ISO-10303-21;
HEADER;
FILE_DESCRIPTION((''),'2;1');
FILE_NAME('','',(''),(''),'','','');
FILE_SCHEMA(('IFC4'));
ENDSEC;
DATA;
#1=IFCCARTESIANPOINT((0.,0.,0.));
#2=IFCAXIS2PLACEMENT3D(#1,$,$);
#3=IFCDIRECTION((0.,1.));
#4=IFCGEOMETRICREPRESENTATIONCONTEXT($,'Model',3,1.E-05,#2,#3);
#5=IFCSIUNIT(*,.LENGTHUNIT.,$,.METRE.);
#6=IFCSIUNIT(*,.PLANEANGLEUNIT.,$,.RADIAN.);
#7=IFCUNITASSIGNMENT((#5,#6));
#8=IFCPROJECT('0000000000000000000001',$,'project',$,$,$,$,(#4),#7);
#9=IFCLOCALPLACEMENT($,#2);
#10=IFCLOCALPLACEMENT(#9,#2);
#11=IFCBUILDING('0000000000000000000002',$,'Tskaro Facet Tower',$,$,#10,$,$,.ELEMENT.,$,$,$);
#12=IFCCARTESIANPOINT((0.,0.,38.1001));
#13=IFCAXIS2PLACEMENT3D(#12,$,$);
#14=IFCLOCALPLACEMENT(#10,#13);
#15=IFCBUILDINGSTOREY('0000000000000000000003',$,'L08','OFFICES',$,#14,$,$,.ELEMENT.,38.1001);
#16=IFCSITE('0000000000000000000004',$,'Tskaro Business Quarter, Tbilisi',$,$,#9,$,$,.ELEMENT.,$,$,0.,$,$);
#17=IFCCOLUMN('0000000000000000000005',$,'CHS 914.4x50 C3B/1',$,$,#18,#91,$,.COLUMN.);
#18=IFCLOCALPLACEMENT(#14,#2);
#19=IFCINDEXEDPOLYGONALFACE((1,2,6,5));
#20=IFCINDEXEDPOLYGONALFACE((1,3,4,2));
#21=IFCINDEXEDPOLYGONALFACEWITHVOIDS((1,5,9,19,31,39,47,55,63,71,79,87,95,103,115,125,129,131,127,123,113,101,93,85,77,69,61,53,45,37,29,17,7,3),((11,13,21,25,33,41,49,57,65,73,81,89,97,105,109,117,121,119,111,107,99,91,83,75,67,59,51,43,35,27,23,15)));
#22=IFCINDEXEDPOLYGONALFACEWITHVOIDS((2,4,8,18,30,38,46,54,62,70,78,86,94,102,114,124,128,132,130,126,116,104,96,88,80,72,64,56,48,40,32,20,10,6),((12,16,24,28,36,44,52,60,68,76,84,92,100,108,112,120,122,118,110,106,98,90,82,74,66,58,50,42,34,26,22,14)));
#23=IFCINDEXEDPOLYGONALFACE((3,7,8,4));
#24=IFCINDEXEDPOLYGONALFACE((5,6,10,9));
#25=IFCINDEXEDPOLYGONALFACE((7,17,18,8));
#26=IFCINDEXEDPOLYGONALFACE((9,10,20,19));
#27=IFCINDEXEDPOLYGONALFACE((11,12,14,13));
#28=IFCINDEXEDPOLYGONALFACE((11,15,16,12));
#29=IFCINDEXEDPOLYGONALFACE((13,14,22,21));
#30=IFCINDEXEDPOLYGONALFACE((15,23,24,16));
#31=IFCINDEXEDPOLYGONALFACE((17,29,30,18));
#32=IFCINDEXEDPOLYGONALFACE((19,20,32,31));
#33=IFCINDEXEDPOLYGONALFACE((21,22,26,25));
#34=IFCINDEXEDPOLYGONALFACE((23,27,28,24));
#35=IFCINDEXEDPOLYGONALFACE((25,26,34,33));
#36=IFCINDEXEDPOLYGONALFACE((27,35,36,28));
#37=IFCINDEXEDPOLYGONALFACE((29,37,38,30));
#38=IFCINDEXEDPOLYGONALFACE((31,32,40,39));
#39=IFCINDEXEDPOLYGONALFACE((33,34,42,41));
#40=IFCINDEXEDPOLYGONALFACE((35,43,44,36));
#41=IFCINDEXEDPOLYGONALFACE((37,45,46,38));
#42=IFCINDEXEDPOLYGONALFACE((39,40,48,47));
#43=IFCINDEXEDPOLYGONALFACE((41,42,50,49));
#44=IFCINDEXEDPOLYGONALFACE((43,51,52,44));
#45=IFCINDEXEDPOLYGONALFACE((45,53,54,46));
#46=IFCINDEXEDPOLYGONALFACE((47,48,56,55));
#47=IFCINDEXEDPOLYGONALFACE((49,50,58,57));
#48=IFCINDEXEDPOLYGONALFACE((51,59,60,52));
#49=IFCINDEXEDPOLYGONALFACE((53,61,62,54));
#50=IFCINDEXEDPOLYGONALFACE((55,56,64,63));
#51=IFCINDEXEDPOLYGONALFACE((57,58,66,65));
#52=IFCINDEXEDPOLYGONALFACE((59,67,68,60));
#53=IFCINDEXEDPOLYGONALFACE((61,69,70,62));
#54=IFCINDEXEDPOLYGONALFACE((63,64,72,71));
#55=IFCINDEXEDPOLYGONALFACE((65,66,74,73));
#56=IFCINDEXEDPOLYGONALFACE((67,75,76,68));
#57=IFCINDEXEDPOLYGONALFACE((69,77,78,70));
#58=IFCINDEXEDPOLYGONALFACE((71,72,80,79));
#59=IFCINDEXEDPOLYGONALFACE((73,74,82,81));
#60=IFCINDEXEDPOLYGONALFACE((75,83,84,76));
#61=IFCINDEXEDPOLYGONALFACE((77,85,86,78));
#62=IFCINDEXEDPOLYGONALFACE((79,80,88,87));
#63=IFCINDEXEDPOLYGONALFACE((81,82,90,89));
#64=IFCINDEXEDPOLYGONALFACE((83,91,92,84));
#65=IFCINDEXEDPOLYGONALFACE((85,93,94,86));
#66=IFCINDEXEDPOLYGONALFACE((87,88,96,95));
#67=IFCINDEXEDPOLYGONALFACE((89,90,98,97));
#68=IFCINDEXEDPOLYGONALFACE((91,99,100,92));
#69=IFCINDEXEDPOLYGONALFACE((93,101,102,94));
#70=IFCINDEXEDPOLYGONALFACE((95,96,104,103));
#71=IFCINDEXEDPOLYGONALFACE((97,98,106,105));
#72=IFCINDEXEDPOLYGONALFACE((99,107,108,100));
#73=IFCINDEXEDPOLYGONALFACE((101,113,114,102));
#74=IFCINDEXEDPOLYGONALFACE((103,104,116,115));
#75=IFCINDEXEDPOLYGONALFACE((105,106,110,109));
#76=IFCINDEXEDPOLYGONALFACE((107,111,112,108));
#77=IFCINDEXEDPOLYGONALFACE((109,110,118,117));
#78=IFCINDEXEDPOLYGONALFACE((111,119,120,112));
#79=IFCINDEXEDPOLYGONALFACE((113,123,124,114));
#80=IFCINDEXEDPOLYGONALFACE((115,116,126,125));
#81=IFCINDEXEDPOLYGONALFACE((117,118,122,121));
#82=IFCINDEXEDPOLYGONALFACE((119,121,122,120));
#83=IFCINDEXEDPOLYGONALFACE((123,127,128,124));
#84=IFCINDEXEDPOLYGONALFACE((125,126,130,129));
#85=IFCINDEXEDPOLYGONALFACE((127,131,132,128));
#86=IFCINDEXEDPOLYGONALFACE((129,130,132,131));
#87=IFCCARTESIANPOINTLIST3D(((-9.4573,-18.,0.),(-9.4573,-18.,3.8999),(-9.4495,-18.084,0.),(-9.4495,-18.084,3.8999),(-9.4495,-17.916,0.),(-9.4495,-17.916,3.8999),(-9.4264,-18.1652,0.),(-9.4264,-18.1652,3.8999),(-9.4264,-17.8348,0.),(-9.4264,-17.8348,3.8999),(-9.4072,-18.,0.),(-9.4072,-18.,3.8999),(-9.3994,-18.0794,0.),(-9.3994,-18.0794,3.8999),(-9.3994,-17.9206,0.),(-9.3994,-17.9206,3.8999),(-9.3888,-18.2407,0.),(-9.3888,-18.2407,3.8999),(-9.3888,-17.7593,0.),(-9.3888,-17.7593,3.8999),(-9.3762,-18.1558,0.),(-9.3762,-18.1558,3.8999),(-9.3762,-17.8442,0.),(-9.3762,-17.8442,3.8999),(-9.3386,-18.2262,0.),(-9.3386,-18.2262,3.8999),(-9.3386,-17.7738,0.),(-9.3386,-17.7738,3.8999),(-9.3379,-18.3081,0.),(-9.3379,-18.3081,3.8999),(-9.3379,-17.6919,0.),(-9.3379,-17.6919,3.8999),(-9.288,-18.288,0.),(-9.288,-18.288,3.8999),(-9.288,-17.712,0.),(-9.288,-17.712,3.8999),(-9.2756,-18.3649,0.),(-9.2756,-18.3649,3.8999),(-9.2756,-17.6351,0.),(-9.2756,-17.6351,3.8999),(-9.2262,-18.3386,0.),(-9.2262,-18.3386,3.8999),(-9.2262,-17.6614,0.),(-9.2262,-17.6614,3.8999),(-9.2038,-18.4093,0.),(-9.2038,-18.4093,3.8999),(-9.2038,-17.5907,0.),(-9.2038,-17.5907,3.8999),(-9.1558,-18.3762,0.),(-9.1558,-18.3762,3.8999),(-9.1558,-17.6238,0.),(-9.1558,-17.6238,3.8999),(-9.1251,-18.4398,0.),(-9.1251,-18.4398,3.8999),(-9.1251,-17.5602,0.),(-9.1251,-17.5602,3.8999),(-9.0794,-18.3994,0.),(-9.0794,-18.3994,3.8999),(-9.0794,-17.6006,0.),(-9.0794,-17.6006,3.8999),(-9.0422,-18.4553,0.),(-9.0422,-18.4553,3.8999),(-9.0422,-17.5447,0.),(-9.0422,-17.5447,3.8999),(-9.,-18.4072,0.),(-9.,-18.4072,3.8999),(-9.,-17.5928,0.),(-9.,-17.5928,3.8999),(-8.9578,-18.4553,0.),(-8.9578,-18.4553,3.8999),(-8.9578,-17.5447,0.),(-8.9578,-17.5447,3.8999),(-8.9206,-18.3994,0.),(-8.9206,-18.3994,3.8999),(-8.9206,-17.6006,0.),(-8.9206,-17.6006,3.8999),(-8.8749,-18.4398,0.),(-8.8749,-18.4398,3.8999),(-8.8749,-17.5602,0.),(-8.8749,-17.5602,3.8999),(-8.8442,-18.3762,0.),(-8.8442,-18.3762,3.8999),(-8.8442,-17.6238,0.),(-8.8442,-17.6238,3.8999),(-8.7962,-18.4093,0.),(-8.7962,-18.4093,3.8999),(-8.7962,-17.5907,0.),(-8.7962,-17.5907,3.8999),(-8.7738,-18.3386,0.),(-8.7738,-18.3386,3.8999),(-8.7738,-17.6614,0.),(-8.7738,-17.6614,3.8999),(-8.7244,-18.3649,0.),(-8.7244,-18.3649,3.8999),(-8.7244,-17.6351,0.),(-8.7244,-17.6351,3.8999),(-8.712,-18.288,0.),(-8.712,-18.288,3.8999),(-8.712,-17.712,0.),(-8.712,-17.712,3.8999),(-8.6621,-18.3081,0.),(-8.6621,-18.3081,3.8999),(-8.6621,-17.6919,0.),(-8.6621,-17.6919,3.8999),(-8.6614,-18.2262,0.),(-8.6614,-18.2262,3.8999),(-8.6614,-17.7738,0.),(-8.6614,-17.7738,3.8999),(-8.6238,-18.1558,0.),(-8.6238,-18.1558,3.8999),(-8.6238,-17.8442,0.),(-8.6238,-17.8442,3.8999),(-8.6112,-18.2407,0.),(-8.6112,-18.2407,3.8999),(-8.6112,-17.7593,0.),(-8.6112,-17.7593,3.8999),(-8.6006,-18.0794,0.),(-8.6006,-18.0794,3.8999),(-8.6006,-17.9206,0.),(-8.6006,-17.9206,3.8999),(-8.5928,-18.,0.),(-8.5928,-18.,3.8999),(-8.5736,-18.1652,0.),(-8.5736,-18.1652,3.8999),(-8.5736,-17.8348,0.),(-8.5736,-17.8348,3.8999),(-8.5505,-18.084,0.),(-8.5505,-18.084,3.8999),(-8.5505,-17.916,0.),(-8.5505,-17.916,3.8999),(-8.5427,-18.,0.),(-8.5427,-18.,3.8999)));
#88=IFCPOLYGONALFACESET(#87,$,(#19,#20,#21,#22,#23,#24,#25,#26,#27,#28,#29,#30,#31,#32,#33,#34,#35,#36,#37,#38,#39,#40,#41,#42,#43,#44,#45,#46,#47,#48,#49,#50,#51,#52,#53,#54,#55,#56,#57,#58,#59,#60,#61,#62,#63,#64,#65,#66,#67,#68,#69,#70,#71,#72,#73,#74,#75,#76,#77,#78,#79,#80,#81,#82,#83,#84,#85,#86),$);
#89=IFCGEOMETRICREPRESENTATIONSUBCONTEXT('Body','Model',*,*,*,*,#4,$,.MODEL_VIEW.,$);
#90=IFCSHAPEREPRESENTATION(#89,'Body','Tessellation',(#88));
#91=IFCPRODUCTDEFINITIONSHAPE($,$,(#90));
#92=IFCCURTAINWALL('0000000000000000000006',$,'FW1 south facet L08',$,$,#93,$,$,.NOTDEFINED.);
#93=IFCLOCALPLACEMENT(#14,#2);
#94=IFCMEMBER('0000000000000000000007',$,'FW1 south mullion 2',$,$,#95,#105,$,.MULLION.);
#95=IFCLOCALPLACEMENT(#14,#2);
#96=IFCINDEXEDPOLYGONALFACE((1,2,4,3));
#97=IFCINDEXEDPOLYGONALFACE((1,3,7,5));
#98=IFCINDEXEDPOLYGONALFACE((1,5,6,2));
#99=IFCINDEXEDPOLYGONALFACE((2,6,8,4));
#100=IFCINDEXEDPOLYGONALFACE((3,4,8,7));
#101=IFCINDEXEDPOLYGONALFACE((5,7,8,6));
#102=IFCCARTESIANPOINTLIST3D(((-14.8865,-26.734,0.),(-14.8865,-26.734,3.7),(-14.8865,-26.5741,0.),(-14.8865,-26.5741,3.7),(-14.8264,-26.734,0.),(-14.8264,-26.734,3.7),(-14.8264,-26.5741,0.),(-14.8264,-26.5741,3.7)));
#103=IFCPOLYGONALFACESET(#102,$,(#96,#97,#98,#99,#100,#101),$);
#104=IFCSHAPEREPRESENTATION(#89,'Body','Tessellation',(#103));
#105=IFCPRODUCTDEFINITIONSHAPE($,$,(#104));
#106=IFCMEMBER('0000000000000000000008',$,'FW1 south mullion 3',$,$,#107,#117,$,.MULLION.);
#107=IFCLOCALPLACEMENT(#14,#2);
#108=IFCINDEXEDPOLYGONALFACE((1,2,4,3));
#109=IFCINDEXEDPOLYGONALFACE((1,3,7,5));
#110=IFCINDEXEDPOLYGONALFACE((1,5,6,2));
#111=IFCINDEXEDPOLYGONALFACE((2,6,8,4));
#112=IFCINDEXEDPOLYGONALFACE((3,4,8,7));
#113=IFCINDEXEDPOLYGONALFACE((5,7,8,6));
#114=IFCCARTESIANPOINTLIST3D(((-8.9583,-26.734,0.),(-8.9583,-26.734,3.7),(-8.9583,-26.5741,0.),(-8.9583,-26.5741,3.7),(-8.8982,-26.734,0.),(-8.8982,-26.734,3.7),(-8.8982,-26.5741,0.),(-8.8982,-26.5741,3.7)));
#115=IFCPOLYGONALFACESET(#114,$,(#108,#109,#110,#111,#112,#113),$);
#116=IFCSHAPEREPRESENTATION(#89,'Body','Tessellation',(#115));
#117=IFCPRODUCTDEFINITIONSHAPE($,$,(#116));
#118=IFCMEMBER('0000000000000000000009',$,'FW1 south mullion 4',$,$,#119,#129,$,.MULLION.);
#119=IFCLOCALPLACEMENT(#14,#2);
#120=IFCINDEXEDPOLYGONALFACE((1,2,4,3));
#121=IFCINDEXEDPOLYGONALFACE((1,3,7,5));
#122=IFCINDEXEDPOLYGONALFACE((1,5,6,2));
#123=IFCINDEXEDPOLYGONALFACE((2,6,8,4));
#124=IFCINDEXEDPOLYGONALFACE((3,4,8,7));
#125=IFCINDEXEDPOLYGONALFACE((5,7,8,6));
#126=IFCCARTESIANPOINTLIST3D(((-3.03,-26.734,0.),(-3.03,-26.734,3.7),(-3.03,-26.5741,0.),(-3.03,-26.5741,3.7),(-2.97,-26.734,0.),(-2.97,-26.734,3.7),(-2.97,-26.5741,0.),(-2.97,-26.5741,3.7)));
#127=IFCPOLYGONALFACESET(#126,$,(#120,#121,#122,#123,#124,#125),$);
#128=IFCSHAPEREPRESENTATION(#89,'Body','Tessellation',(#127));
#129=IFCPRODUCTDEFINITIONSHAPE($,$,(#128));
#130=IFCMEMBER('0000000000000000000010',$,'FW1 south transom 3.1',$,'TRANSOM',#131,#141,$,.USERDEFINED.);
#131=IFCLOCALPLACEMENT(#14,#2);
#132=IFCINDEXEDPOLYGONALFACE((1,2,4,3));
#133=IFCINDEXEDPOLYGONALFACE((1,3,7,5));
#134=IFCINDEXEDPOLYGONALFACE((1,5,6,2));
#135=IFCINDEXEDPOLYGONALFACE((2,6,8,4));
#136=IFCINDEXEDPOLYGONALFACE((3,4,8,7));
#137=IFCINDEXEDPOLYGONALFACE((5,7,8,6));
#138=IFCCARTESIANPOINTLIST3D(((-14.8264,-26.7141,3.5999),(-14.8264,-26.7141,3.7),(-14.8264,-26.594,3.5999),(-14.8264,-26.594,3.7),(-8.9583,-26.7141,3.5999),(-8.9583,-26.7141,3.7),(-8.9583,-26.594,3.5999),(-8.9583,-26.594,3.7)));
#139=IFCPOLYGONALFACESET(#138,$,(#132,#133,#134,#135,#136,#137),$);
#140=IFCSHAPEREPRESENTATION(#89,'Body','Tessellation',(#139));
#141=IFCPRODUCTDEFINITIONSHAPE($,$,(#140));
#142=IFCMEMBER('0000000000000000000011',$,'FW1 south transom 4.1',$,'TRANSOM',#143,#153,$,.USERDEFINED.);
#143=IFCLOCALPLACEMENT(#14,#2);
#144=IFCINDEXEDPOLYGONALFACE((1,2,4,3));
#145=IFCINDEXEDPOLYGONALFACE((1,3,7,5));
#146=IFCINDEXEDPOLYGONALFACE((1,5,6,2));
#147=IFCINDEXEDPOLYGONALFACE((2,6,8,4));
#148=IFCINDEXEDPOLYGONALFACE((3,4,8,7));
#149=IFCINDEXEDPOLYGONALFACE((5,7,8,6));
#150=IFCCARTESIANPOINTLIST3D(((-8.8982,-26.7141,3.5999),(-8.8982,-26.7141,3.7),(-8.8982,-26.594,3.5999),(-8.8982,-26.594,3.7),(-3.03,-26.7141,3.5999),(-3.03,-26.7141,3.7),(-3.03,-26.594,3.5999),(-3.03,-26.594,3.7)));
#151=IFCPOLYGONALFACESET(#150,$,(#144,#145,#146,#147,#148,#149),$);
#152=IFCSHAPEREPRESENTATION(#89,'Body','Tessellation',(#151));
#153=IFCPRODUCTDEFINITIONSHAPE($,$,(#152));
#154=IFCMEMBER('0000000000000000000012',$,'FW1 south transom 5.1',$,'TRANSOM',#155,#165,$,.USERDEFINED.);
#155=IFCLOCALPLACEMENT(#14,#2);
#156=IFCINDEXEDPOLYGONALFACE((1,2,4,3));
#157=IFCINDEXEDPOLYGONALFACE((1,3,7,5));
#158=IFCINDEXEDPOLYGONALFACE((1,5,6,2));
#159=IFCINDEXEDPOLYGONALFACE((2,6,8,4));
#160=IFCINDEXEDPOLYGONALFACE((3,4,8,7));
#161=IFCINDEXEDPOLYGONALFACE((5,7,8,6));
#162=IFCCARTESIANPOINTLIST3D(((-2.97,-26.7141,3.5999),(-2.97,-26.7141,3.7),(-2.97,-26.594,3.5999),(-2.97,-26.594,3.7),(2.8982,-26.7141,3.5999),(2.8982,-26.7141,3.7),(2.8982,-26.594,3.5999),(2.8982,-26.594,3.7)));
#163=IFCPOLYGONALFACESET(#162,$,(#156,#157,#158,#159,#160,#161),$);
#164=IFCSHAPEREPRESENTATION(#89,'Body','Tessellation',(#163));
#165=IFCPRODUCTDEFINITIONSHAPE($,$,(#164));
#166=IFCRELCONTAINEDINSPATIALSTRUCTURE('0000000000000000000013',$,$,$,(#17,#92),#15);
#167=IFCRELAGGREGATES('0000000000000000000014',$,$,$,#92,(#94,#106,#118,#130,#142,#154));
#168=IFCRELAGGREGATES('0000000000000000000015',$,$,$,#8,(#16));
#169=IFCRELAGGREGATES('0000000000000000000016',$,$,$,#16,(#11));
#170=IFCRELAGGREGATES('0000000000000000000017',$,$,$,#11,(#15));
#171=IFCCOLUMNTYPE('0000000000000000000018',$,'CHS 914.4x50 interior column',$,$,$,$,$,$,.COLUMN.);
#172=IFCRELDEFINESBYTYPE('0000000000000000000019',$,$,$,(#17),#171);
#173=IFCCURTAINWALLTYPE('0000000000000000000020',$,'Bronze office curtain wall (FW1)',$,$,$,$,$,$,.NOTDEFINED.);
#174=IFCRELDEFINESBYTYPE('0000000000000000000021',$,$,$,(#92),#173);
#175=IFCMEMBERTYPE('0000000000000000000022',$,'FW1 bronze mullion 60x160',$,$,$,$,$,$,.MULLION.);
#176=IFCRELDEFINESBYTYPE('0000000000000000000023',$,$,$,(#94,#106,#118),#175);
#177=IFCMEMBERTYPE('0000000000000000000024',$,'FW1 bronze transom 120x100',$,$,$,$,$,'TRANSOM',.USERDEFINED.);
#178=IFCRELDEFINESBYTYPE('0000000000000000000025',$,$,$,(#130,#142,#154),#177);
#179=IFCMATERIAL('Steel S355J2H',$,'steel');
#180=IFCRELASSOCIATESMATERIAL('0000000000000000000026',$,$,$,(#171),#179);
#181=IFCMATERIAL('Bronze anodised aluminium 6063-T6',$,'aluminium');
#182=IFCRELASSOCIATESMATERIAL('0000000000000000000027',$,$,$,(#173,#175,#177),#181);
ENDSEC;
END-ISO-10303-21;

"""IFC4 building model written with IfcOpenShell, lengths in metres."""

from ifc_helpers import new_model, si_unit, direction, frame, origin, origin_2d, place, context, subcontext, project, spatial, rectangle, hollow_circle, extrude, material, material_profile, profile_set, type_object, element, aggregate, save


model = new_model("IFC4")

# Units and contexts
model_context = context("Model", 3, precision=1e-05, world=origin(), true_north=direction((0.0, 1.0)))
body_context = subcontext(model_context, "Body", "Model", "MODEL_VIEW")
ifc_project = project(units=[si_unit("LENGTHUNIT", "METRE"), si_unit("PLANEANGLEUNIT", "RADIAN")], contexts=[model_context])

# Site, building, storey
site_placement = place(None, origin())
site = spatial("IfcSite", under=ifc_project, at=site_placement, Name="Tskaro Business Quarter, Tbilisi", CompositionType="ELEMENT", RefElevation=0.0)
building_placement = place(site_placement, origin())
building = spatial("IfcBuilding", under=site, at=building_placement, Name="Tskaro Facet Tower", CompositionType="ELEMENT")
storey_placement = place(building_placement, frame((0.0, 0.0, 38.1001)))
storey = spatial("IfcBuildingStorey", under=building, at=storey_placement, Name="L08", Description="OFFICES", CompositionType="ELEMENT", Elevation=38.1001)

# Column
ifc_material_1 = material(Name="Steel S355J2H", Category="steel")
ifc_material_profile_1 = material_profile(ifc_material_1, hollow_circle(Radius=0.4573, WallThickness=0.05, at=origin_2d()), Name="CHS 914.4x50")
ifc_profile_set_1 = profile_set([ifc_material_profile_1], Name="Steel S355J2H")
column_type_1 = type_object("IfcColumnType", Name="CHS 914.4x50 interior column", PredefinedType="COLUMN", material=ifc_profile_set_1)
column_1_placement = place(storey_placement, frame((-9.0, -18.0, 0.0), z_axis=(0.0, 0.0, 1.0), x_axis=(1.0, 0.0, 0.0)))
element("IfcColumn", 1, at=column_1_placement, inside=storey, type_object=column_type_1, Name="CHS 914.4x50 C3B/1", PredefinedType="COLUMN", context=body_context, shape_type="SweptSolid", body=[
    extrude(hollow_circle(Radius=0.4573, WallThickness=0.05, at=origin_2d()), origin(), (0.0, 0.0, 1.0), 3.8999),
])

# Curtain wall, members
ifc_material_2 = material(Name="Bronze anodised aluminium 6063-T6", Category="aluminium")
curtain_wall_type = type_object("IfcCurtainWallType", Name="Bronze office curtain wall (FW1)", PredefinedType="NOTDEFINED", material=ifc_material_2)
curtain_wall_placement = place(storey_placement, origin())
curtain_wall = element("IfcCurtainWall", 2, at=curtain_wall_placement, inside=storey, type_object=curtain_wall_type, Name="FW1 south facet L08", PredefinedType="NOTDEFINED")
ifc_material_profile_2 = material_profile(ifc_material_2, rectangle(XDim=0.0601, YDim=0.1599, at=origin_2d()), Name="Mullion 60x160")
ifc_profile_set_2 = profile_set([ifc_material_profile_2], Name="Bronze anodised aluminium 6063-T6")
member_type_1 = type_object("IfcMemberType", Name="FW1 bronze mullion 60x160", PredefinedType="MULLION", material=ifc_profile_set_2)
member_1_placement = place(storey_placement, frame((-14.8564, -26.6541, 0.0), z_axis=(0.0, 0.0, 1.0), x_axis=(1.0, 0.0, 0.0)))
member_1 = element("IfcMember", 3, at=member_1_placement, type_object=member_type_1, Name="FW1 south mullion 2", PredefinedType="MULLION", context=body_context, shape_type="SweptSolid", body=[
    extrude(rectangle(XDim=0.0601, YDim=0.1599, at=origin_2d()), origin(), (0.0, 0.0, 1.0), 3.7),
])
member_2_placement = place(storey_placement, frame((-8.9282, -26.6541, 0.0), z_axis=(0.0, 0.0, 1.0), x_axis=(1.0, 0.0, 0.0)))
member_2 = element("IfcMember", 4, at=member_2_placement, type_object=member_type_1, Name="FW1 south mullion 3", PredefinedType="MULLION", context=body_context, shape_type="SweptSolid", body=[
    extrude(rectangle(XDim=0.0601, YDim=0.1599, at=origin_2d()), origin(), (0.0, 0.0, 1.0), 3.7),
])
member_3_placement = place(storey_placement, frame((-3.0, -26.6541, 0.0), z_axis=(0.0, 0.0, 1.0), x_axis=(1.0, 0.0, 0.0)))
member_3 = element("IfcMember", 5, at=member_3_placement, type_object=member_type_1, Name="FW1 south mullion 4", PredefinedType="MULLION", context=body_context, shape_type="SweptSolid", body=[
    extrude(rectangle(XDim=0.0601, YDim=0.1599, at=origin_2d()), origin(), (0.0, 0.0, 1.0), 3.7),
])
ifc_material_profile_3 = material_profile(ifc_material_2, rectangle(XDim=0.1201, YDim=0.1001, at=origin_2d()), Name="Transom 120x100")
ifc_profile_set_3 = profile_set([ifc_material_profile_3], Name="Bronze anodised aluminium 6063-T6")
member_type_2 = type_object("IfcMemberType", Name="FW1 bronze transom 120x100", ElementType="TRANSOM", PredefinedType="USERDEFINED", material=ifc_profile_set_3)
member_4_placement = place(storey_placement, frame((-14.8264, -26.6541, 3.6499), z_axis=(1.0, 0.0, 0.0), x_axis=(0.0, 1.0, 0.0)))
member_4 = element("IfcMember", 6, at=member_4_placement, type_object=member_type_2, Name="FW1 south transom 3.1", ObjectType="TRANSOM", PredefinedType="USERDEFINED", context=body_context, shape_type="SweptSolid", body=[
    extrude(rectangle(XDim=0.1201, YDim=0.1001, at=origin_2d()), origin(), (0.0, 0.0, 1.0), 5.8682),
])
member_5_placement = place(storey_placement, frame((-8.8982, -26.6541, 3.6499), z_axis=(1.0, 0.0, 0.0), x_axis=(0.0, 1.0, 0.0)))
member_5 = element("IfcMember", 7, at=member_5_placement, type_object=member_type_2, Name="FW1 south transom 4.1", ObjectType="TRANSOM", PredefinedType="USERDEFINED", context=body_context, shape_type="SweptSolid", body=[
    extrude(rectangle(XDim=0.1201, YDim=0.1001, at=origin_2d()), origin(), (0.0, 0.0, 1.0), 5.8682),
])
member_6_placement = place(storey_placement, frame((-2.97, -26.6541, 3.6499), z_axis=(1.0, 0.0, 0.0), x_axis=(0.0, 1.0, 0.0)))
member_6 = element("IfcMember", 8, at=member_6_placement, type_object=member_type_2, Name="FW1 south transom 5.1", ObjectType="TRANSOM", PredefinedType="USERDEFINED", context=body_context, shape_type="SweptSolid", body=[
    extrude(rectangle(XDim=0.1201, YDim=0.1001, at=origin_2d()), origin(), (0.0, 0.0, 1.0), 5.8682),
])

aggregate(curtain_wall, [member_1, member_2, member_3, member_4, member_5, member_6])

save(model, "model.ifc")
